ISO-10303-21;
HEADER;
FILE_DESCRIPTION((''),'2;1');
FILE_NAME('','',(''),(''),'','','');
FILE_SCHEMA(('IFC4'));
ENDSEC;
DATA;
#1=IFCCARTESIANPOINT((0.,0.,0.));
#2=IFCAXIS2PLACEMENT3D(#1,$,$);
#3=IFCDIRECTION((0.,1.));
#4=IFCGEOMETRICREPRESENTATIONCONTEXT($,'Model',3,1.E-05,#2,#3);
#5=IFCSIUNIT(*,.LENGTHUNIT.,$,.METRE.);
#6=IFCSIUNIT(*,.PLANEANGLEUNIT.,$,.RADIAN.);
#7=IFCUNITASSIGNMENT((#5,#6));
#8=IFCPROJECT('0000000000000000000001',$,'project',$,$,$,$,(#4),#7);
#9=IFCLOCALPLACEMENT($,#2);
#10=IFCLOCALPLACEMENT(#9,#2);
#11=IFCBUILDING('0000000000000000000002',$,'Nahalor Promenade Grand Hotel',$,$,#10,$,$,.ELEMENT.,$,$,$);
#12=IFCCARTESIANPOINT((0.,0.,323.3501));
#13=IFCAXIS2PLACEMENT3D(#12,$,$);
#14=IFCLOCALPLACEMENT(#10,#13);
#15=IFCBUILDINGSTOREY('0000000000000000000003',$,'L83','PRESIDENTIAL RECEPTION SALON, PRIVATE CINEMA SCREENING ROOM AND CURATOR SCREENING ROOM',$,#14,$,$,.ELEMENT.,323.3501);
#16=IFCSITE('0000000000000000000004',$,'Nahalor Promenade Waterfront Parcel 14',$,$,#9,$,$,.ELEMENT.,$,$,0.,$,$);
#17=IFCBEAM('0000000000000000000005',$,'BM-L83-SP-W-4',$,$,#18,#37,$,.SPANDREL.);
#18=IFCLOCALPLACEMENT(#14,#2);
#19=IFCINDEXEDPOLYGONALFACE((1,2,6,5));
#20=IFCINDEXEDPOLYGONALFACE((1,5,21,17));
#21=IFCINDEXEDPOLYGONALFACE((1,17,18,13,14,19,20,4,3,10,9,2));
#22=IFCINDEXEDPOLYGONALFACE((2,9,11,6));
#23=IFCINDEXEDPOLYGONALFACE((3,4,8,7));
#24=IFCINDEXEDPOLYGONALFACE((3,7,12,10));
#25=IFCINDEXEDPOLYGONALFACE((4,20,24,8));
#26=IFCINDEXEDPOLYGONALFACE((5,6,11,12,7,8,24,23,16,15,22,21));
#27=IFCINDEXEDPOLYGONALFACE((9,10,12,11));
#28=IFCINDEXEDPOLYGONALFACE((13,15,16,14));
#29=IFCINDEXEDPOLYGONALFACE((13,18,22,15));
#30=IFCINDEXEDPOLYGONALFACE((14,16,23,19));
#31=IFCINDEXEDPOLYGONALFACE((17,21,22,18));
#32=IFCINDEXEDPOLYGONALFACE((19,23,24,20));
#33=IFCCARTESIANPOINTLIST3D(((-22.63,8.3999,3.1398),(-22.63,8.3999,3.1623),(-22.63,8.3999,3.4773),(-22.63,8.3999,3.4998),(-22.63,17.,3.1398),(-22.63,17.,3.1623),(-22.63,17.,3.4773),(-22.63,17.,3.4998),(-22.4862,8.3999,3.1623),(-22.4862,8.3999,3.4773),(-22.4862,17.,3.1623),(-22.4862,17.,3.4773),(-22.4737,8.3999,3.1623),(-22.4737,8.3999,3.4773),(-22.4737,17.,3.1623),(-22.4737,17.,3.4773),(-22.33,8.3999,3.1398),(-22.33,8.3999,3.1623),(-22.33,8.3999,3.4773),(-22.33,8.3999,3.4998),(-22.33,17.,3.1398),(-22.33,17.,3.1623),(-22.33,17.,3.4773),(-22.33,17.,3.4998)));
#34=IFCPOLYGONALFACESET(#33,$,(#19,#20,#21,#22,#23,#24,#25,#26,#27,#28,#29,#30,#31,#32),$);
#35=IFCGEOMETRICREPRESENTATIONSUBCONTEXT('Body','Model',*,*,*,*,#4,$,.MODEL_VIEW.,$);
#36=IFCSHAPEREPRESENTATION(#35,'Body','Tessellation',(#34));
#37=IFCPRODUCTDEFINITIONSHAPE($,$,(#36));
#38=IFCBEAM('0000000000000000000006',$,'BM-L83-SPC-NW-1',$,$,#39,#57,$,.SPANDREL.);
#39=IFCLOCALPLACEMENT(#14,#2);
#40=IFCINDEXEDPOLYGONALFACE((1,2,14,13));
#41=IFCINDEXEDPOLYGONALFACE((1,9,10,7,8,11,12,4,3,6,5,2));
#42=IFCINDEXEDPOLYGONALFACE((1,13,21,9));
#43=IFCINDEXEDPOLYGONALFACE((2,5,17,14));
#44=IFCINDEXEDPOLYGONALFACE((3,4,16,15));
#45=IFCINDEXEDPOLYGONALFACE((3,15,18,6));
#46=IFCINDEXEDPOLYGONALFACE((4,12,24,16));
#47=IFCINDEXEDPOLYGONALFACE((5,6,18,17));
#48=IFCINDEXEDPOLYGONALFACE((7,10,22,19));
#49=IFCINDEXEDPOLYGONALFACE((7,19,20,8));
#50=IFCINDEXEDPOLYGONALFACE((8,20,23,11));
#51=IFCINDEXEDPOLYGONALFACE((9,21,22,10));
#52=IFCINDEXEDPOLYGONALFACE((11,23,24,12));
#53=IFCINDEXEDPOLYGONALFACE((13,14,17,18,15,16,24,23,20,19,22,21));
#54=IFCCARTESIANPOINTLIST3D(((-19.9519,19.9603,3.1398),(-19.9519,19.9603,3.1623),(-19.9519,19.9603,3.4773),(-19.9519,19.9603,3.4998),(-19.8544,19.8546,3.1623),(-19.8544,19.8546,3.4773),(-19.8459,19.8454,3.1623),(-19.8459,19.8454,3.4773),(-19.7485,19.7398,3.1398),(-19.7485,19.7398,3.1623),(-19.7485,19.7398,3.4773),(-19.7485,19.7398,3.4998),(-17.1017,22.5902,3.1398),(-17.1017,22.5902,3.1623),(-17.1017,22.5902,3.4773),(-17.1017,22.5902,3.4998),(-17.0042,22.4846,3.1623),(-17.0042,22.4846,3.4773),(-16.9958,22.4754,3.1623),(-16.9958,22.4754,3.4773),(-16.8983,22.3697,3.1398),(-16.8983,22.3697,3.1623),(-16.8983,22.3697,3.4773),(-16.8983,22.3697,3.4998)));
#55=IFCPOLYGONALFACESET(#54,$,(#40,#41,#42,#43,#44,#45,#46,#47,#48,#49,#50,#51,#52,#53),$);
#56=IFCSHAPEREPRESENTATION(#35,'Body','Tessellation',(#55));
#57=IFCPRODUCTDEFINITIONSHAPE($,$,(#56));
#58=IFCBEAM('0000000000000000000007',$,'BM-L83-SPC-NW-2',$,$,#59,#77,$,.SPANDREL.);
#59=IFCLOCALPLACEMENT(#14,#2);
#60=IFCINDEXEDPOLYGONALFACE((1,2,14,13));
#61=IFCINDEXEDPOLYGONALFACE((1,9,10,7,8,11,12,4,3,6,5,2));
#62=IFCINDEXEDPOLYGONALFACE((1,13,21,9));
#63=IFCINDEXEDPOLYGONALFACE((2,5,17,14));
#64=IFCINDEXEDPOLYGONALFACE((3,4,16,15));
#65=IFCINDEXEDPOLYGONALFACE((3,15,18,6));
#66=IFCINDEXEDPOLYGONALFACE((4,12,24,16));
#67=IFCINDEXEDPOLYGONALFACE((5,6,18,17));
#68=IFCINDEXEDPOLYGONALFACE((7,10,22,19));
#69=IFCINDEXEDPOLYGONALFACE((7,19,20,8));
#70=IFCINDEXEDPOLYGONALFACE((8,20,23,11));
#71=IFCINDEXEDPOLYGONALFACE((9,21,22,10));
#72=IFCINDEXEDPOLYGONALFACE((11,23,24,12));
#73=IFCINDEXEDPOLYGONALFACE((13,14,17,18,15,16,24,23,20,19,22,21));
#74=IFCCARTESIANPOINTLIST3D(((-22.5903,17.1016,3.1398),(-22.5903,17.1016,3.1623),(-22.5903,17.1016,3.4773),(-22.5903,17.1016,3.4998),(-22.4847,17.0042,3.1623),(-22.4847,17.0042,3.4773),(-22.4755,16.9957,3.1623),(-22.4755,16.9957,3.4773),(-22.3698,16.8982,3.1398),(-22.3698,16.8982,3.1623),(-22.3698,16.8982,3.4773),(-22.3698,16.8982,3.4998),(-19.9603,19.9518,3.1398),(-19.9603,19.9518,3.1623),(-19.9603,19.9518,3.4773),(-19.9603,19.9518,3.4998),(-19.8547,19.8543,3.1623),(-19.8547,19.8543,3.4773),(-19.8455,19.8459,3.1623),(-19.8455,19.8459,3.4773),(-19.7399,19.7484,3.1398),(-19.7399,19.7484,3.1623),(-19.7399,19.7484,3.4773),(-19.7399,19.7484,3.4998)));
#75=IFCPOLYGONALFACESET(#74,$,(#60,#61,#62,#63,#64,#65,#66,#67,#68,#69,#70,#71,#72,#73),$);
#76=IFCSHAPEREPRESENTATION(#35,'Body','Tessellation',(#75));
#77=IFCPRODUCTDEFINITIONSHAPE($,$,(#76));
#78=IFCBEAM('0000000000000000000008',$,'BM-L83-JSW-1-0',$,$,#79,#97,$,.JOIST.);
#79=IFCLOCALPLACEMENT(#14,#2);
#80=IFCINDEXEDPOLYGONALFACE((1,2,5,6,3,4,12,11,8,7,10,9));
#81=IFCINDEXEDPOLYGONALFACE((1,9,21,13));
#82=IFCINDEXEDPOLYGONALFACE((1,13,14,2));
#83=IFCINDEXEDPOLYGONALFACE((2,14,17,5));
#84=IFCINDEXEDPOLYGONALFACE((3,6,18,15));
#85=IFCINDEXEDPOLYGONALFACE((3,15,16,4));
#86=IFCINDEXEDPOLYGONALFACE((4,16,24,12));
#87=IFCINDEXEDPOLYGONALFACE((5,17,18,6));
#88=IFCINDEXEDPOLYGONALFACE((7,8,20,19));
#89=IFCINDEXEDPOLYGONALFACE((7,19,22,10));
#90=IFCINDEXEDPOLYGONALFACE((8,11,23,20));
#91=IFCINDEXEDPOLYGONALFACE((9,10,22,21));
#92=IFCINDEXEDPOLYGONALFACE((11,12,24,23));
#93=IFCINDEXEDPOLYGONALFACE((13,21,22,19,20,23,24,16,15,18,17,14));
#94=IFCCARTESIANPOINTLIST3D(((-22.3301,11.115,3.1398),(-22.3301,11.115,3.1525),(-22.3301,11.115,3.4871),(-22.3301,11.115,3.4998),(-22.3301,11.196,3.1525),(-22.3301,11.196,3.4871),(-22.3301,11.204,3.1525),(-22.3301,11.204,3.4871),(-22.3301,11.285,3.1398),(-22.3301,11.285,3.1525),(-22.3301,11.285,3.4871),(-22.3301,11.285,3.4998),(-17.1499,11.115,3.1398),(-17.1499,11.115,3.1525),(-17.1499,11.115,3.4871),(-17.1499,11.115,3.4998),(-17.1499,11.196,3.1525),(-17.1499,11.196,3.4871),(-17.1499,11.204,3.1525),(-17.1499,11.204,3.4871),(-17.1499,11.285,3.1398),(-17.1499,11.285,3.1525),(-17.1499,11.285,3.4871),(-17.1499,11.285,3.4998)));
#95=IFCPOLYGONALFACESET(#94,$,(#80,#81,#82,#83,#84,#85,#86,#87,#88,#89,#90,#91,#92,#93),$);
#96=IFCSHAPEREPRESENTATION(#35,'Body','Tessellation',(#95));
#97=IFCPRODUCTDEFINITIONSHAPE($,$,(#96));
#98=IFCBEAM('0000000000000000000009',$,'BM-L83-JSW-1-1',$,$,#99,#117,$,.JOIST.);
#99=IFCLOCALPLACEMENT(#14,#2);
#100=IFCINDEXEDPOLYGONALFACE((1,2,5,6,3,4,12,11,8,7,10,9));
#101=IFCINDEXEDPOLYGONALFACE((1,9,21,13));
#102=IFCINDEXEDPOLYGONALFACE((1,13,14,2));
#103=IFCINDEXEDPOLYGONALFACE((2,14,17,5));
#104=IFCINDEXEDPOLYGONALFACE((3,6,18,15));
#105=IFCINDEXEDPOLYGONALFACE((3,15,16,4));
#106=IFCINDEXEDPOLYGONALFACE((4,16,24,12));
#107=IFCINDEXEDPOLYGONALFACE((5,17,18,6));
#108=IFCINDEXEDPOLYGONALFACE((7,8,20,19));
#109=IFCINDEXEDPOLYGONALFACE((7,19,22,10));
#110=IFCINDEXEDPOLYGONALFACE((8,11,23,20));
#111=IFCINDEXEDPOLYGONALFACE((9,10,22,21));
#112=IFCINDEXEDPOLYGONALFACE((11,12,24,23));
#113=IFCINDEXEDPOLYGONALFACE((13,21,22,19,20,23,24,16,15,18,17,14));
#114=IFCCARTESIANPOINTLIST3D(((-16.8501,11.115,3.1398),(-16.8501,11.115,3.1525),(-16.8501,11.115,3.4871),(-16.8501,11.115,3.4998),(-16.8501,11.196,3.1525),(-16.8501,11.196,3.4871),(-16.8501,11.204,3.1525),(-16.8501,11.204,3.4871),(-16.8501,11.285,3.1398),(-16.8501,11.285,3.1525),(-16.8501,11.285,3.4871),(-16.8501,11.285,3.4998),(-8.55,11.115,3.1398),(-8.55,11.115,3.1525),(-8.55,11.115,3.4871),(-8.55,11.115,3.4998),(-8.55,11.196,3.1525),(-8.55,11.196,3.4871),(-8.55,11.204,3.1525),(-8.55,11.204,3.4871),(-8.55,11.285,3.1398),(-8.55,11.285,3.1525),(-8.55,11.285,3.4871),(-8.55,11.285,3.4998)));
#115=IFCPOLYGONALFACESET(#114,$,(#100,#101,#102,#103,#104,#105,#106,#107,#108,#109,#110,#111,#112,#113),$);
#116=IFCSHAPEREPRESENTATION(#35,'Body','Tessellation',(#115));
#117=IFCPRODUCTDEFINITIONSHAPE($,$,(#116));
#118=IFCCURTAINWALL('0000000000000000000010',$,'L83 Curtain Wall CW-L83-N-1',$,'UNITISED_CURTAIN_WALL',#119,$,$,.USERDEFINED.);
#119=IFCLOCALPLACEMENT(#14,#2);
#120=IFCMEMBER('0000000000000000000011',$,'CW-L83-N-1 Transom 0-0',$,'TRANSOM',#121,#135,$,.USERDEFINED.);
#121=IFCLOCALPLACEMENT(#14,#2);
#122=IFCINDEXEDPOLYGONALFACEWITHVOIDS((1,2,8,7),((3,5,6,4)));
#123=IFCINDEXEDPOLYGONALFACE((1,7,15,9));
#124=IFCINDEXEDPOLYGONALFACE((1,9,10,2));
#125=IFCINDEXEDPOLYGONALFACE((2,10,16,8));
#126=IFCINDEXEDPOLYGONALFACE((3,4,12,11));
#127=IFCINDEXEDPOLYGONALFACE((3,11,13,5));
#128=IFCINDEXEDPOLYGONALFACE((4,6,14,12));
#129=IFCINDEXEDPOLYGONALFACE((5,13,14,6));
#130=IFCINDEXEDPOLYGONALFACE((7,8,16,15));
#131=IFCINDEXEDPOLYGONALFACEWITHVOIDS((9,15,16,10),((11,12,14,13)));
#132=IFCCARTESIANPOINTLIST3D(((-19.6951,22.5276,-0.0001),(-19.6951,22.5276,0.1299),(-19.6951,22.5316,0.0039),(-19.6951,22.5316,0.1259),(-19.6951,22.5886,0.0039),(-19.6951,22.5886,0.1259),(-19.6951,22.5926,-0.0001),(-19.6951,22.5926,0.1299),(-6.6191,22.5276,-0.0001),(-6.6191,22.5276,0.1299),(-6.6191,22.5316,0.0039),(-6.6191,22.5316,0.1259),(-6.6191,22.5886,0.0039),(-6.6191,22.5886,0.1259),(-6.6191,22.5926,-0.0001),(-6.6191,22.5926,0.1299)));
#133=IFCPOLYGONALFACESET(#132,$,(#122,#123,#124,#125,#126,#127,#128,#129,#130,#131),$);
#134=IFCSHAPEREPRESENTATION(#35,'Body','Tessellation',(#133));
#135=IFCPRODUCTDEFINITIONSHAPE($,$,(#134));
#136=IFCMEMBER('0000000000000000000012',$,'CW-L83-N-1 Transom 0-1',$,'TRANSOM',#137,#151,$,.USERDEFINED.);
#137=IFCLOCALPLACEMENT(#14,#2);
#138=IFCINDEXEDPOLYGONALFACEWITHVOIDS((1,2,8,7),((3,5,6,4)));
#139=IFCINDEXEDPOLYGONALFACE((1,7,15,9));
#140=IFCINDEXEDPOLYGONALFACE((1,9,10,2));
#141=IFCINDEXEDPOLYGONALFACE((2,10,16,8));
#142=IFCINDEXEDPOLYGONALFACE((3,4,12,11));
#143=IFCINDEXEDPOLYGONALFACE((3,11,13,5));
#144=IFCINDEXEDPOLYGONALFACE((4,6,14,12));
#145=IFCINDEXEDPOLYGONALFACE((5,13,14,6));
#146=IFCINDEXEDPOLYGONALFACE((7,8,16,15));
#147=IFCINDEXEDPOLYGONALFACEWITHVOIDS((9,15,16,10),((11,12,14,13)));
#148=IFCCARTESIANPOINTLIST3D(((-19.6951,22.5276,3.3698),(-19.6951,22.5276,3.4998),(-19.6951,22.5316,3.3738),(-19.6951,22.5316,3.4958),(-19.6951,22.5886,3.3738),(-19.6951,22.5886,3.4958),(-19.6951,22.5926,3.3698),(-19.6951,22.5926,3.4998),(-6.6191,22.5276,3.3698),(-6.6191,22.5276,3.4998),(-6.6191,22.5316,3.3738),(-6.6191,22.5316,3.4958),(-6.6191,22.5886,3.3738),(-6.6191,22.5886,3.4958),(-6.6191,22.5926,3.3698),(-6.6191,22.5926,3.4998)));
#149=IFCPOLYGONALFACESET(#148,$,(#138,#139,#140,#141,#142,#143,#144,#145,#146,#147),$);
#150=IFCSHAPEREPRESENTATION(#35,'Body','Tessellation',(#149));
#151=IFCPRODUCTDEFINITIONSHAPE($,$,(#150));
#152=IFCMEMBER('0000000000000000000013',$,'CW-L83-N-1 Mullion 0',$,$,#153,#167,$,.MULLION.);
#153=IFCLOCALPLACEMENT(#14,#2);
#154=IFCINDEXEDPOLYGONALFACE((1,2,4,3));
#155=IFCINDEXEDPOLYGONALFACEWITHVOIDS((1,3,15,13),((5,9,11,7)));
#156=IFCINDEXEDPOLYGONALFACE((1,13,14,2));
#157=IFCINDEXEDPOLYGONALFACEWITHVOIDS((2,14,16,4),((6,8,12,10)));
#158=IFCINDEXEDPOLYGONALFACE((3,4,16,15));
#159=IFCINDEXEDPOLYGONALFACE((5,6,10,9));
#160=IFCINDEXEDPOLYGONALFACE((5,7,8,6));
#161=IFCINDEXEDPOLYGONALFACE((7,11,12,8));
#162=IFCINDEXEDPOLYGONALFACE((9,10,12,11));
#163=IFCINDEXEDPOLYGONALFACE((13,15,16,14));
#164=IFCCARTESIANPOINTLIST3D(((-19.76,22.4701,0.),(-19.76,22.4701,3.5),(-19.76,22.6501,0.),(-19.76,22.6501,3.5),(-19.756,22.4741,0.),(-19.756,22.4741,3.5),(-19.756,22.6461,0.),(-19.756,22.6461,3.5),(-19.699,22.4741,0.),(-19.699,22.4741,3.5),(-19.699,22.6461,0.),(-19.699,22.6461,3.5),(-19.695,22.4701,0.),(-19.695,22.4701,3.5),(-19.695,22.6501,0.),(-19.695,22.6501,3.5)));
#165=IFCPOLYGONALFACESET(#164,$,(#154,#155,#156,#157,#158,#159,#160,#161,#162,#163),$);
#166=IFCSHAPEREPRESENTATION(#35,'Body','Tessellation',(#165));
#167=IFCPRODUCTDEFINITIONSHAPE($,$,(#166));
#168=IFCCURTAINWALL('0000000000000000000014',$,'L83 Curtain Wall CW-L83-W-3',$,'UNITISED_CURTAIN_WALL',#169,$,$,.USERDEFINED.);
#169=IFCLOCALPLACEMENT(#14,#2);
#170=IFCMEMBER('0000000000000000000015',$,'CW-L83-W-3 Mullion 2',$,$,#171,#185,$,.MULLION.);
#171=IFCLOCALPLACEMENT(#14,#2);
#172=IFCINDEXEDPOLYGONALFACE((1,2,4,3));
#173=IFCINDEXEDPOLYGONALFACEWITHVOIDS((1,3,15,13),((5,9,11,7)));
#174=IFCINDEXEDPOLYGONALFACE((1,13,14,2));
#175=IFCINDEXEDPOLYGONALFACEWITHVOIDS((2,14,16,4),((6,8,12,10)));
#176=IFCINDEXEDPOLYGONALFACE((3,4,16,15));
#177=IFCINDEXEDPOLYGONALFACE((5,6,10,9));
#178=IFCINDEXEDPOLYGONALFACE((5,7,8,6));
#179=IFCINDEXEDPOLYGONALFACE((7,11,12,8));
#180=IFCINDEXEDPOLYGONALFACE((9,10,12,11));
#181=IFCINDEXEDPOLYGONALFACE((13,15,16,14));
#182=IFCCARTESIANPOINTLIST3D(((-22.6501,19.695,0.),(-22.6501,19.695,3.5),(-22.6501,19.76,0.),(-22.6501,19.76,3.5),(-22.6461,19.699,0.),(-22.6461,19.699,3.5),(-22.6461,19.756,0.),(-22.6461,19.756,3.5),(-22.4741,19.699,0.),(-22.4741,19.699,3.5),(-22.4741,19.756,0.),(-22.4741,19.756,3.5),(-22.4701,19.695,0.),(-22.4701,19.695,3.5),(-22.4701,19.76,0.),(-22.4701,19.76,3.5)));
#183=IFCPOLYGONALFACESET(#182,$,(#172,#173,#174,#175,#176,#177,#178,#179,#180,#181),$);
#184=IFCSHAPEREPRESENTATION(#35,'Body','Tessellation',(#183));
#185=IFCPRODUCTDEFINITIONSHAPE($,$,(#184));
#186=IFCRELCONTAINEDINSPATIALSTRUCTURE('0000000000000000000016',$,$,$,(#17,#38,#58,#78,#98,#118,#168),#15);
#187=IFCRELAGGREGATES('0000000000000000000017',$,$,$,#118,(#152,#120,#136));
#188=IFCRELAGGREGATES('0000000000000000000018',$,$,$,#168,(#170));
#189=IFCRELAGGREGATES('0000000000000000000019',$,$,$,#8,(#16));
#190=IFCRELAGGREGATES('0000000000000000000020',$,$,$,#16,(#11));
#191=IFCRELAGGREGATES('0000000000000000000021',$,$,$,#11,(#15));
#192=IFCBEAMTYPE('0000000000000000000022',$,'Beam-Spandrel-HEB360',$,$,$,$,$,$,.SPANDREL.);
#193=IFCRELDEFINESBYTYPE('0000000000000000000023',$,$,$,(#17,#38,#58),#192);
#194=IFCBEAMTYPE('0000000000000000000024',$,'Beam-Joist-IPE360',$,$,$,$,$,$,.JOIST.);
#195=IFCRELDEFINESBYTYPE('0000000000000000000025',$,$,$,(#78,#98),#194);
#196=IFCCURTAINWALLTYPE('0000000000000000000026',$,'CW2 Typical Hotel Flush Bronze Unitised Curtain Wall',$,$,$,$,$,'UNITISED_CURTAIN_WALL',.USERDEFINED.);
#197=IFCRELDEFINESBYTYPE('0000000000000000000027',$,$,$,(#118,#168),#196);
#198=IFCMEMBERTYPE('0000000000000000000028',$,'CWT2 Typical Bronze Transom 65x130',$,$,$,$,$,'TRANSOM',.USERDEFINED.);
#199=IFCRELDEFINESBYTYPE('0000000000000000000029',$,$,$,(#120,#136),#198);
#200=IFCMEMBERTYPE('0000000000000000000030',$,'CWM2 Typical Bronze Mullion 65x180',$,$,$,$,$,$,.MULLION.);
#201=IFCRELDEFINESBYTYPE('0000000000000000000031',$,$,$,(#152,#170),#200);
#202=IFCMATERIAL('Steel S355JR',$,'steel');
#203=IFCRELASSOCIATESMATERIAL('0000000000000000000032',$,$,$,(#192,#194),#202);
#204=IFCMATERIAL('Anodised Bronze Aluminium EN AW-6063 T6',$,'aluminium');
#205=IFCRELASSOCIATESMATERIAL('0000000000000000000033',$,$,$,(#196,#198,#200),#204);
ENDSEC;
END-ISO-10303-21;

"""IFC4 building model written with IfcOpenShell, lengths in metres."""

from ifc_helpers import new_model, si_unit, direction, frame, origin, origin_2d, place, context, subcontext, project, spatial, hollow_rectangle, i_section, extrude, source, transform, mapped, material, material_profile, profile_set, type_object, element, aggregate, save


model = new_model("IFC4")

# Units and contexts
model_context = context("Model", 3, precision=1e-05, world=origin(), true_north=direction((0.0, 1.0)))
body_context = subcontext(model_context, "Body", "Model", "MODEL_VIEW")
ifc_project = project(units=[si_unit("LENGTHUNIT", "METRE"), si_unit("PLANEANGLEUNIT", "RADIAN")], contexts=[model_context])

# Site, building, storey
site_placement = place(None, origin())
site = spatial("IfcSite", under=ifc_project, at=site_placement, Name="Nahalor Promenade Waterfront Parcel 14", CompositionType="ELEMENT", RefElevation=0.0)
building_placement = place(site_placement, origin())
building = spatial("IfcBuilding", under=site, at=building_placement, Name="Nahalor Promenade Grand Hotel", CompositionType="ELEMENT")
storey_placement = place(building_placement, frame((0.0, 0.0, 323.3501)))
storey = spatial("IfcBuildingStorey", under=building, at=storey_placement, Name="L83", Description="PRESIDENTIAL RECEPTION SALON, PRIVATE CINEMA SCREENING ROOM AND CURATOR SCREENING ROOM", CompositionType="ELEMENT", Elevation=323.3501)

# Shared definitions
ifc_material_1 = material(Name="Steel S355JR", Category="steel")

# Beams
ifc_material_profile_1 = material_profile(ifc_material_1, i_section(OverallWidth=0.3, OverallDepth=0.36, WebThickness=0.0125, FlangeThickness=0.0225, at=origin_2d()), Name="HEB 360")
ifc_profile_set_1 = profile_set([ifc_material_profile_1], Name="Steel S355JR")
beam_type_1 = type_object("IfcBeamType", Name="Beam-Spandrel-HEB360", PredefinedType="SPANDREL", material=ifc_profile_set_1)
shared_shape_1 = source(origin(), body_context, "Body", "SweptSolid", [
    extrude(i_section(OverallWidth=0.3, OverallDepth=0.36, WebThickness=0.0125, FlangeThickness=0.0225, at=origin_2d()), origin(), (0.0, 0.0, 1.0), 8.6001),
])
for number, where, z_axis, x_axis, name in (
    (1, (-22.48, 8.3999, 3.3198), (0.0, 1.0, 0.0), (-1.0, 0.0, 0.0), "BM-L83-SP-W-4"),
):
    element("IfcBeam", number, at=place(storey_placement, frame(where, z_axis=z_axis, x_axis=x_axis)), inside=storey, type_object=beam_type_1, Name=name, PredefinedType="SPANDREL", context=body_context, shape_type="MappedRepresentation", body=[
        mapped(shared_shape_1, transform((0.0, 0.0, 0.0), scale=1.0)),
    ])
shared_shape_2 = source(origin(), body_context, "Body", "SweptSolid", [
    extrude(i_section(OverallWidth=0.3, OverallDepth=0.36, WebThickness=0.0125, FlangeThickness=0.0225, at=origin_2d()), origin(), (0.0, 0.0, 1.0), 3.8782),
])
for number, where, z_axis, x_axis, name in (
    (2, (-17.0, 22.48, 3.3198), (-0.734929, -0.678144, 0.0), (0.678144, -0.734929, 0.0), "BM-L83-SPC-NW-1"),
    (3, (-19.8501, 19.8501, 3.3198), (-0.678144, -0.734929, 0.0), (0.734929, -0.678144, 0.0), "BM-L83-SPC-NW-2"),
):
    element("IfcBeam", number, at=place(storey_placement, frame(where, z_axis=z_axis, x_axis=x_axis)), inside=storey, type_object=beam_type_1, Name=name, PredefinedType="SPANDREL", context=body_context, shape_type="MappedRepresentation", body=[
        mapped(shared_shape_2, transform((0.0, 0.0, 0.0), scale=1.0)),
    ])
ifc_material_profile_2 = material_profile(ifc_material_1, i_section(OverallWidth=0.17, OverallDepth=0.36, WebThickness=0.008, FlangeThickness=0.0127, at=origin_2d()), Name="IPE 360")
ifc_profile_set_2 = profile_set([ifc_material_profile_2], Name="Steel S355JR")
beam_type_2 = type_object("IfcBeamType", Name="Beam-Joist-IPE360", PredefinedType="JOIST", material=ifc_profile_set_2)
shared_shape_3 = source(origin(), body_context, "Body", "SweptSolid", [
    extrude(i_section(OverallWidth=0.17, OverallDepth=0.36, WebThickness=0.008, FlangeThickness=0.0127, at=origin_2d()), origin(), (0.0, 0.0, 1.0), 5.1802),
])
beam_1_placement = place(storey_placement, frame((-22.3301, 11.2, 3.3198), z_axis=(1.0, 0.0, 0.0), x_axis=(0.0, 1.0, 0.0)))
element("IfcBeam", 4, at=beam_1_placement, inside=storey, type_object=beam_type_2, Name="BM-L83-JSW-1-0", PredefinedType="JOIST", context=body_context, shape_type="MappedRepresentation", body=[
    mapped(shared_shape_3, transform((0.0, 0.0, 0.0), scale=1.0)),
])
shared_shape_4 = source(origin(), body_context, "Body", "SweptSolid", [
    extrude(i_section(OverallWidth=0.17, OverallDepth=0.36, WebThickness=0.008, FlangeThickness=0.0127, at=origin_2d()), origin(), (0.0, 0.0, 1.0), 8.3),
])
beam_2_placement = place(storey_placement, frame((-16.8501, 11.2, 3.3198), z_axis=(1.0, 0.0, 0.0), x_axis=(0.0, 1.0, 0.0)))
element("IfcBeam", 5, at=beam_2_placement, inside=storey, type_object=beam_type_2, Name="BM-L83-JSW-1-1", PredefinedType="JOIST", context=body_context, shape_type="MappedRepresentation", body=[
    mapped(shared_shape_4, transform((0.0, 0.0, 0.0), scale=1.0)),
])

# Curtain wall, members
ifc_material_2 = material(Name="Anodised Bronze Aluminium EN AW-6063 T6", Category="aluminium")
curtain_wall_type = type_object("IfcCurtainWallType", Name="CW2 Typical Hotel Flush Bronze Unitised Curtain Wall", ElementType="UNITISED_CURTAIN_WALL", PredefinedType="USERDEFINED", material=ifc_material_2)
curtain_wall_1_placement = place(storey_placement, origin())
curtain_wall_1 = element("IfcCurtainWall", 6, at=curtain_wall_1_placement, inside=storey, type_object=curtain_wall_type, Name="L83 Curtain Wall CW-L83-N-1", ObjectType="UNITISED_CURTAIN_WALL", PredefinedType="USERDEFINED")
ifc_material_profile_3 = material_profile(ifc_material_2, hollow_rectangle(XDim=0.065, YDim=0.13, WallThickness=0.004, at=origin_2d()), Name="CWT 65x130x4")
ifc_profile_set_3 = profile_set([ifc_material_profile_3], Name="Anodised Bronze Aluminium EN AW-6063 T6")
member_type_1 = type_object("IfcMemberType", Name="CWT2 Typical Bronze Transom 65x130", ElementType="TRANSOM", PredefinedType="USERDEFINED", material=ifc_profile_set_3)
shared_shape_5 = source(origin(), body_context, "Body", "SweptSolid", [
    extrude(hollow_rectangle(XDim=0.065, YDim=0.13, WallThickness=0.004, at=origin_2d()), origin(), (0.0, 0.0, 1.0), 13.0759),
])
member_1_placement = place(storey_placement, frame((-19.6951, 22.5601, 0.0649), z_axis=(1.0, 0.0, 0.0), x_axis=(0.0, 1.0, 0.0)))
member_1 = element("IfcMember", 7, at=member_1_placement, type_object=member_type_1, Name="CW-L83-N-1 Transom 0-0", ObjectType="TRANSOM", PredefinedType="USERDEFINED", context=body_context, shape_type="MappedRepresentation", body=[
    mapped(shared_shape_5, transform((0.0, 0.0, 0.0), scale=1.0)),
])
member_2_placement = place(storey_placement, frame((-19.6951, 22.5601, 3.4348), z_axis=(1.0, 0.0, 0.0), x_axis=(0.0, 1.0, 0.0)))
member_2 = element("IfcMember", 8, at=member_2_placement, type_object=member_type_1, Name="CW-L83-N-1 Transom 0-1", ObjectType="TRANSOM", PredefinedType="USERDEFINED", context=body_context, shape_type="MappedRepresentation", body=[
    mapped(shared_shape_5, transform((0.0, 0.0, 0.0), scale=1.0)),
])
ifc_material_profile_4 = material_profile(ifc_material_2, hollow_rectangle(XDim=0.065, YDim=0.18, WallThickness=0.004, at=origin_2d()), Name="CWM 65x180x4")
ifc_profile_set_4 = profile_set([ifc_material_profile_4], Name="Anodised Bronze Aluminium EN AW-6063 T6")
member_type_2 = type_object("IfcMemberType", Name="CWM2 Typical Bronze Mullion 65x180", PredefinedType="MULLION", material=ifc_profile_set_4)
shared_shape_6 = source(origin(), body_context, "Body", "SweptSolid", [
    extrude(hollow_rectangle(XDim=0.065, YDim=0.18, WallThickness=0.004, at=origin_2d()), origin(), (0.0, 0.0, 1.0), 3.5),
])
member_3_placement = place(storey_placement, frame((-19.7275, 22.5601, 0.0), z_axis=(0.0, 0.0, 1.0), x_axis=(1.0, 0.0, 0.0)))
member_3 = element("IfcMember", 9, at=member_3_placement, type_object=member_type_2, Name="CW-L83-N-1 Mullion 0", PredefinedType="MULLION", context=body_context, shape_type="MappedRepresentation", body=[
    mapped(shared_shape_6, transform((0.0, 0.0, 0.0), scale=1.0)),
])
aggregate(curtain_wall_1, [member_3, member_1, member_2])

# Curtain wall, member
curtain_wall_2_placement = place(storey_placement, origin())
curtain_wall_2 = element("IfcCurtainWall", 10, at=curtain_wall_2_placement, inside=storey, type_object=curtain_wall_type, Name="L83 Curtain Wall CW-L83-W-3", ObjectType="UNITISED_CURTAIN_WALL", PredefinedType="USERDEFINED")
member_4_placement = place(storey_placement, frame((-22.5601, 19.7275, 0.0), z_axis=(0.0, 0.0, 1.0), x_axis=(0.0, 1.0, 0.0)))
member_4 = element("IfcMember", 11, at=member_4_placement, type_object=member_type_2, Name="CW-L83-W-3 Mullion 2", PredefinedType="MULLION", context=body_context, shape_type="MappedRepresentation", body=[
    mapped(shared_shape_6, transform((0.0, 0.0, 0.0), scale=1.0)),
])
aggregate(curtain_wall_2, [member_4])

save(model, "model.ifc")
